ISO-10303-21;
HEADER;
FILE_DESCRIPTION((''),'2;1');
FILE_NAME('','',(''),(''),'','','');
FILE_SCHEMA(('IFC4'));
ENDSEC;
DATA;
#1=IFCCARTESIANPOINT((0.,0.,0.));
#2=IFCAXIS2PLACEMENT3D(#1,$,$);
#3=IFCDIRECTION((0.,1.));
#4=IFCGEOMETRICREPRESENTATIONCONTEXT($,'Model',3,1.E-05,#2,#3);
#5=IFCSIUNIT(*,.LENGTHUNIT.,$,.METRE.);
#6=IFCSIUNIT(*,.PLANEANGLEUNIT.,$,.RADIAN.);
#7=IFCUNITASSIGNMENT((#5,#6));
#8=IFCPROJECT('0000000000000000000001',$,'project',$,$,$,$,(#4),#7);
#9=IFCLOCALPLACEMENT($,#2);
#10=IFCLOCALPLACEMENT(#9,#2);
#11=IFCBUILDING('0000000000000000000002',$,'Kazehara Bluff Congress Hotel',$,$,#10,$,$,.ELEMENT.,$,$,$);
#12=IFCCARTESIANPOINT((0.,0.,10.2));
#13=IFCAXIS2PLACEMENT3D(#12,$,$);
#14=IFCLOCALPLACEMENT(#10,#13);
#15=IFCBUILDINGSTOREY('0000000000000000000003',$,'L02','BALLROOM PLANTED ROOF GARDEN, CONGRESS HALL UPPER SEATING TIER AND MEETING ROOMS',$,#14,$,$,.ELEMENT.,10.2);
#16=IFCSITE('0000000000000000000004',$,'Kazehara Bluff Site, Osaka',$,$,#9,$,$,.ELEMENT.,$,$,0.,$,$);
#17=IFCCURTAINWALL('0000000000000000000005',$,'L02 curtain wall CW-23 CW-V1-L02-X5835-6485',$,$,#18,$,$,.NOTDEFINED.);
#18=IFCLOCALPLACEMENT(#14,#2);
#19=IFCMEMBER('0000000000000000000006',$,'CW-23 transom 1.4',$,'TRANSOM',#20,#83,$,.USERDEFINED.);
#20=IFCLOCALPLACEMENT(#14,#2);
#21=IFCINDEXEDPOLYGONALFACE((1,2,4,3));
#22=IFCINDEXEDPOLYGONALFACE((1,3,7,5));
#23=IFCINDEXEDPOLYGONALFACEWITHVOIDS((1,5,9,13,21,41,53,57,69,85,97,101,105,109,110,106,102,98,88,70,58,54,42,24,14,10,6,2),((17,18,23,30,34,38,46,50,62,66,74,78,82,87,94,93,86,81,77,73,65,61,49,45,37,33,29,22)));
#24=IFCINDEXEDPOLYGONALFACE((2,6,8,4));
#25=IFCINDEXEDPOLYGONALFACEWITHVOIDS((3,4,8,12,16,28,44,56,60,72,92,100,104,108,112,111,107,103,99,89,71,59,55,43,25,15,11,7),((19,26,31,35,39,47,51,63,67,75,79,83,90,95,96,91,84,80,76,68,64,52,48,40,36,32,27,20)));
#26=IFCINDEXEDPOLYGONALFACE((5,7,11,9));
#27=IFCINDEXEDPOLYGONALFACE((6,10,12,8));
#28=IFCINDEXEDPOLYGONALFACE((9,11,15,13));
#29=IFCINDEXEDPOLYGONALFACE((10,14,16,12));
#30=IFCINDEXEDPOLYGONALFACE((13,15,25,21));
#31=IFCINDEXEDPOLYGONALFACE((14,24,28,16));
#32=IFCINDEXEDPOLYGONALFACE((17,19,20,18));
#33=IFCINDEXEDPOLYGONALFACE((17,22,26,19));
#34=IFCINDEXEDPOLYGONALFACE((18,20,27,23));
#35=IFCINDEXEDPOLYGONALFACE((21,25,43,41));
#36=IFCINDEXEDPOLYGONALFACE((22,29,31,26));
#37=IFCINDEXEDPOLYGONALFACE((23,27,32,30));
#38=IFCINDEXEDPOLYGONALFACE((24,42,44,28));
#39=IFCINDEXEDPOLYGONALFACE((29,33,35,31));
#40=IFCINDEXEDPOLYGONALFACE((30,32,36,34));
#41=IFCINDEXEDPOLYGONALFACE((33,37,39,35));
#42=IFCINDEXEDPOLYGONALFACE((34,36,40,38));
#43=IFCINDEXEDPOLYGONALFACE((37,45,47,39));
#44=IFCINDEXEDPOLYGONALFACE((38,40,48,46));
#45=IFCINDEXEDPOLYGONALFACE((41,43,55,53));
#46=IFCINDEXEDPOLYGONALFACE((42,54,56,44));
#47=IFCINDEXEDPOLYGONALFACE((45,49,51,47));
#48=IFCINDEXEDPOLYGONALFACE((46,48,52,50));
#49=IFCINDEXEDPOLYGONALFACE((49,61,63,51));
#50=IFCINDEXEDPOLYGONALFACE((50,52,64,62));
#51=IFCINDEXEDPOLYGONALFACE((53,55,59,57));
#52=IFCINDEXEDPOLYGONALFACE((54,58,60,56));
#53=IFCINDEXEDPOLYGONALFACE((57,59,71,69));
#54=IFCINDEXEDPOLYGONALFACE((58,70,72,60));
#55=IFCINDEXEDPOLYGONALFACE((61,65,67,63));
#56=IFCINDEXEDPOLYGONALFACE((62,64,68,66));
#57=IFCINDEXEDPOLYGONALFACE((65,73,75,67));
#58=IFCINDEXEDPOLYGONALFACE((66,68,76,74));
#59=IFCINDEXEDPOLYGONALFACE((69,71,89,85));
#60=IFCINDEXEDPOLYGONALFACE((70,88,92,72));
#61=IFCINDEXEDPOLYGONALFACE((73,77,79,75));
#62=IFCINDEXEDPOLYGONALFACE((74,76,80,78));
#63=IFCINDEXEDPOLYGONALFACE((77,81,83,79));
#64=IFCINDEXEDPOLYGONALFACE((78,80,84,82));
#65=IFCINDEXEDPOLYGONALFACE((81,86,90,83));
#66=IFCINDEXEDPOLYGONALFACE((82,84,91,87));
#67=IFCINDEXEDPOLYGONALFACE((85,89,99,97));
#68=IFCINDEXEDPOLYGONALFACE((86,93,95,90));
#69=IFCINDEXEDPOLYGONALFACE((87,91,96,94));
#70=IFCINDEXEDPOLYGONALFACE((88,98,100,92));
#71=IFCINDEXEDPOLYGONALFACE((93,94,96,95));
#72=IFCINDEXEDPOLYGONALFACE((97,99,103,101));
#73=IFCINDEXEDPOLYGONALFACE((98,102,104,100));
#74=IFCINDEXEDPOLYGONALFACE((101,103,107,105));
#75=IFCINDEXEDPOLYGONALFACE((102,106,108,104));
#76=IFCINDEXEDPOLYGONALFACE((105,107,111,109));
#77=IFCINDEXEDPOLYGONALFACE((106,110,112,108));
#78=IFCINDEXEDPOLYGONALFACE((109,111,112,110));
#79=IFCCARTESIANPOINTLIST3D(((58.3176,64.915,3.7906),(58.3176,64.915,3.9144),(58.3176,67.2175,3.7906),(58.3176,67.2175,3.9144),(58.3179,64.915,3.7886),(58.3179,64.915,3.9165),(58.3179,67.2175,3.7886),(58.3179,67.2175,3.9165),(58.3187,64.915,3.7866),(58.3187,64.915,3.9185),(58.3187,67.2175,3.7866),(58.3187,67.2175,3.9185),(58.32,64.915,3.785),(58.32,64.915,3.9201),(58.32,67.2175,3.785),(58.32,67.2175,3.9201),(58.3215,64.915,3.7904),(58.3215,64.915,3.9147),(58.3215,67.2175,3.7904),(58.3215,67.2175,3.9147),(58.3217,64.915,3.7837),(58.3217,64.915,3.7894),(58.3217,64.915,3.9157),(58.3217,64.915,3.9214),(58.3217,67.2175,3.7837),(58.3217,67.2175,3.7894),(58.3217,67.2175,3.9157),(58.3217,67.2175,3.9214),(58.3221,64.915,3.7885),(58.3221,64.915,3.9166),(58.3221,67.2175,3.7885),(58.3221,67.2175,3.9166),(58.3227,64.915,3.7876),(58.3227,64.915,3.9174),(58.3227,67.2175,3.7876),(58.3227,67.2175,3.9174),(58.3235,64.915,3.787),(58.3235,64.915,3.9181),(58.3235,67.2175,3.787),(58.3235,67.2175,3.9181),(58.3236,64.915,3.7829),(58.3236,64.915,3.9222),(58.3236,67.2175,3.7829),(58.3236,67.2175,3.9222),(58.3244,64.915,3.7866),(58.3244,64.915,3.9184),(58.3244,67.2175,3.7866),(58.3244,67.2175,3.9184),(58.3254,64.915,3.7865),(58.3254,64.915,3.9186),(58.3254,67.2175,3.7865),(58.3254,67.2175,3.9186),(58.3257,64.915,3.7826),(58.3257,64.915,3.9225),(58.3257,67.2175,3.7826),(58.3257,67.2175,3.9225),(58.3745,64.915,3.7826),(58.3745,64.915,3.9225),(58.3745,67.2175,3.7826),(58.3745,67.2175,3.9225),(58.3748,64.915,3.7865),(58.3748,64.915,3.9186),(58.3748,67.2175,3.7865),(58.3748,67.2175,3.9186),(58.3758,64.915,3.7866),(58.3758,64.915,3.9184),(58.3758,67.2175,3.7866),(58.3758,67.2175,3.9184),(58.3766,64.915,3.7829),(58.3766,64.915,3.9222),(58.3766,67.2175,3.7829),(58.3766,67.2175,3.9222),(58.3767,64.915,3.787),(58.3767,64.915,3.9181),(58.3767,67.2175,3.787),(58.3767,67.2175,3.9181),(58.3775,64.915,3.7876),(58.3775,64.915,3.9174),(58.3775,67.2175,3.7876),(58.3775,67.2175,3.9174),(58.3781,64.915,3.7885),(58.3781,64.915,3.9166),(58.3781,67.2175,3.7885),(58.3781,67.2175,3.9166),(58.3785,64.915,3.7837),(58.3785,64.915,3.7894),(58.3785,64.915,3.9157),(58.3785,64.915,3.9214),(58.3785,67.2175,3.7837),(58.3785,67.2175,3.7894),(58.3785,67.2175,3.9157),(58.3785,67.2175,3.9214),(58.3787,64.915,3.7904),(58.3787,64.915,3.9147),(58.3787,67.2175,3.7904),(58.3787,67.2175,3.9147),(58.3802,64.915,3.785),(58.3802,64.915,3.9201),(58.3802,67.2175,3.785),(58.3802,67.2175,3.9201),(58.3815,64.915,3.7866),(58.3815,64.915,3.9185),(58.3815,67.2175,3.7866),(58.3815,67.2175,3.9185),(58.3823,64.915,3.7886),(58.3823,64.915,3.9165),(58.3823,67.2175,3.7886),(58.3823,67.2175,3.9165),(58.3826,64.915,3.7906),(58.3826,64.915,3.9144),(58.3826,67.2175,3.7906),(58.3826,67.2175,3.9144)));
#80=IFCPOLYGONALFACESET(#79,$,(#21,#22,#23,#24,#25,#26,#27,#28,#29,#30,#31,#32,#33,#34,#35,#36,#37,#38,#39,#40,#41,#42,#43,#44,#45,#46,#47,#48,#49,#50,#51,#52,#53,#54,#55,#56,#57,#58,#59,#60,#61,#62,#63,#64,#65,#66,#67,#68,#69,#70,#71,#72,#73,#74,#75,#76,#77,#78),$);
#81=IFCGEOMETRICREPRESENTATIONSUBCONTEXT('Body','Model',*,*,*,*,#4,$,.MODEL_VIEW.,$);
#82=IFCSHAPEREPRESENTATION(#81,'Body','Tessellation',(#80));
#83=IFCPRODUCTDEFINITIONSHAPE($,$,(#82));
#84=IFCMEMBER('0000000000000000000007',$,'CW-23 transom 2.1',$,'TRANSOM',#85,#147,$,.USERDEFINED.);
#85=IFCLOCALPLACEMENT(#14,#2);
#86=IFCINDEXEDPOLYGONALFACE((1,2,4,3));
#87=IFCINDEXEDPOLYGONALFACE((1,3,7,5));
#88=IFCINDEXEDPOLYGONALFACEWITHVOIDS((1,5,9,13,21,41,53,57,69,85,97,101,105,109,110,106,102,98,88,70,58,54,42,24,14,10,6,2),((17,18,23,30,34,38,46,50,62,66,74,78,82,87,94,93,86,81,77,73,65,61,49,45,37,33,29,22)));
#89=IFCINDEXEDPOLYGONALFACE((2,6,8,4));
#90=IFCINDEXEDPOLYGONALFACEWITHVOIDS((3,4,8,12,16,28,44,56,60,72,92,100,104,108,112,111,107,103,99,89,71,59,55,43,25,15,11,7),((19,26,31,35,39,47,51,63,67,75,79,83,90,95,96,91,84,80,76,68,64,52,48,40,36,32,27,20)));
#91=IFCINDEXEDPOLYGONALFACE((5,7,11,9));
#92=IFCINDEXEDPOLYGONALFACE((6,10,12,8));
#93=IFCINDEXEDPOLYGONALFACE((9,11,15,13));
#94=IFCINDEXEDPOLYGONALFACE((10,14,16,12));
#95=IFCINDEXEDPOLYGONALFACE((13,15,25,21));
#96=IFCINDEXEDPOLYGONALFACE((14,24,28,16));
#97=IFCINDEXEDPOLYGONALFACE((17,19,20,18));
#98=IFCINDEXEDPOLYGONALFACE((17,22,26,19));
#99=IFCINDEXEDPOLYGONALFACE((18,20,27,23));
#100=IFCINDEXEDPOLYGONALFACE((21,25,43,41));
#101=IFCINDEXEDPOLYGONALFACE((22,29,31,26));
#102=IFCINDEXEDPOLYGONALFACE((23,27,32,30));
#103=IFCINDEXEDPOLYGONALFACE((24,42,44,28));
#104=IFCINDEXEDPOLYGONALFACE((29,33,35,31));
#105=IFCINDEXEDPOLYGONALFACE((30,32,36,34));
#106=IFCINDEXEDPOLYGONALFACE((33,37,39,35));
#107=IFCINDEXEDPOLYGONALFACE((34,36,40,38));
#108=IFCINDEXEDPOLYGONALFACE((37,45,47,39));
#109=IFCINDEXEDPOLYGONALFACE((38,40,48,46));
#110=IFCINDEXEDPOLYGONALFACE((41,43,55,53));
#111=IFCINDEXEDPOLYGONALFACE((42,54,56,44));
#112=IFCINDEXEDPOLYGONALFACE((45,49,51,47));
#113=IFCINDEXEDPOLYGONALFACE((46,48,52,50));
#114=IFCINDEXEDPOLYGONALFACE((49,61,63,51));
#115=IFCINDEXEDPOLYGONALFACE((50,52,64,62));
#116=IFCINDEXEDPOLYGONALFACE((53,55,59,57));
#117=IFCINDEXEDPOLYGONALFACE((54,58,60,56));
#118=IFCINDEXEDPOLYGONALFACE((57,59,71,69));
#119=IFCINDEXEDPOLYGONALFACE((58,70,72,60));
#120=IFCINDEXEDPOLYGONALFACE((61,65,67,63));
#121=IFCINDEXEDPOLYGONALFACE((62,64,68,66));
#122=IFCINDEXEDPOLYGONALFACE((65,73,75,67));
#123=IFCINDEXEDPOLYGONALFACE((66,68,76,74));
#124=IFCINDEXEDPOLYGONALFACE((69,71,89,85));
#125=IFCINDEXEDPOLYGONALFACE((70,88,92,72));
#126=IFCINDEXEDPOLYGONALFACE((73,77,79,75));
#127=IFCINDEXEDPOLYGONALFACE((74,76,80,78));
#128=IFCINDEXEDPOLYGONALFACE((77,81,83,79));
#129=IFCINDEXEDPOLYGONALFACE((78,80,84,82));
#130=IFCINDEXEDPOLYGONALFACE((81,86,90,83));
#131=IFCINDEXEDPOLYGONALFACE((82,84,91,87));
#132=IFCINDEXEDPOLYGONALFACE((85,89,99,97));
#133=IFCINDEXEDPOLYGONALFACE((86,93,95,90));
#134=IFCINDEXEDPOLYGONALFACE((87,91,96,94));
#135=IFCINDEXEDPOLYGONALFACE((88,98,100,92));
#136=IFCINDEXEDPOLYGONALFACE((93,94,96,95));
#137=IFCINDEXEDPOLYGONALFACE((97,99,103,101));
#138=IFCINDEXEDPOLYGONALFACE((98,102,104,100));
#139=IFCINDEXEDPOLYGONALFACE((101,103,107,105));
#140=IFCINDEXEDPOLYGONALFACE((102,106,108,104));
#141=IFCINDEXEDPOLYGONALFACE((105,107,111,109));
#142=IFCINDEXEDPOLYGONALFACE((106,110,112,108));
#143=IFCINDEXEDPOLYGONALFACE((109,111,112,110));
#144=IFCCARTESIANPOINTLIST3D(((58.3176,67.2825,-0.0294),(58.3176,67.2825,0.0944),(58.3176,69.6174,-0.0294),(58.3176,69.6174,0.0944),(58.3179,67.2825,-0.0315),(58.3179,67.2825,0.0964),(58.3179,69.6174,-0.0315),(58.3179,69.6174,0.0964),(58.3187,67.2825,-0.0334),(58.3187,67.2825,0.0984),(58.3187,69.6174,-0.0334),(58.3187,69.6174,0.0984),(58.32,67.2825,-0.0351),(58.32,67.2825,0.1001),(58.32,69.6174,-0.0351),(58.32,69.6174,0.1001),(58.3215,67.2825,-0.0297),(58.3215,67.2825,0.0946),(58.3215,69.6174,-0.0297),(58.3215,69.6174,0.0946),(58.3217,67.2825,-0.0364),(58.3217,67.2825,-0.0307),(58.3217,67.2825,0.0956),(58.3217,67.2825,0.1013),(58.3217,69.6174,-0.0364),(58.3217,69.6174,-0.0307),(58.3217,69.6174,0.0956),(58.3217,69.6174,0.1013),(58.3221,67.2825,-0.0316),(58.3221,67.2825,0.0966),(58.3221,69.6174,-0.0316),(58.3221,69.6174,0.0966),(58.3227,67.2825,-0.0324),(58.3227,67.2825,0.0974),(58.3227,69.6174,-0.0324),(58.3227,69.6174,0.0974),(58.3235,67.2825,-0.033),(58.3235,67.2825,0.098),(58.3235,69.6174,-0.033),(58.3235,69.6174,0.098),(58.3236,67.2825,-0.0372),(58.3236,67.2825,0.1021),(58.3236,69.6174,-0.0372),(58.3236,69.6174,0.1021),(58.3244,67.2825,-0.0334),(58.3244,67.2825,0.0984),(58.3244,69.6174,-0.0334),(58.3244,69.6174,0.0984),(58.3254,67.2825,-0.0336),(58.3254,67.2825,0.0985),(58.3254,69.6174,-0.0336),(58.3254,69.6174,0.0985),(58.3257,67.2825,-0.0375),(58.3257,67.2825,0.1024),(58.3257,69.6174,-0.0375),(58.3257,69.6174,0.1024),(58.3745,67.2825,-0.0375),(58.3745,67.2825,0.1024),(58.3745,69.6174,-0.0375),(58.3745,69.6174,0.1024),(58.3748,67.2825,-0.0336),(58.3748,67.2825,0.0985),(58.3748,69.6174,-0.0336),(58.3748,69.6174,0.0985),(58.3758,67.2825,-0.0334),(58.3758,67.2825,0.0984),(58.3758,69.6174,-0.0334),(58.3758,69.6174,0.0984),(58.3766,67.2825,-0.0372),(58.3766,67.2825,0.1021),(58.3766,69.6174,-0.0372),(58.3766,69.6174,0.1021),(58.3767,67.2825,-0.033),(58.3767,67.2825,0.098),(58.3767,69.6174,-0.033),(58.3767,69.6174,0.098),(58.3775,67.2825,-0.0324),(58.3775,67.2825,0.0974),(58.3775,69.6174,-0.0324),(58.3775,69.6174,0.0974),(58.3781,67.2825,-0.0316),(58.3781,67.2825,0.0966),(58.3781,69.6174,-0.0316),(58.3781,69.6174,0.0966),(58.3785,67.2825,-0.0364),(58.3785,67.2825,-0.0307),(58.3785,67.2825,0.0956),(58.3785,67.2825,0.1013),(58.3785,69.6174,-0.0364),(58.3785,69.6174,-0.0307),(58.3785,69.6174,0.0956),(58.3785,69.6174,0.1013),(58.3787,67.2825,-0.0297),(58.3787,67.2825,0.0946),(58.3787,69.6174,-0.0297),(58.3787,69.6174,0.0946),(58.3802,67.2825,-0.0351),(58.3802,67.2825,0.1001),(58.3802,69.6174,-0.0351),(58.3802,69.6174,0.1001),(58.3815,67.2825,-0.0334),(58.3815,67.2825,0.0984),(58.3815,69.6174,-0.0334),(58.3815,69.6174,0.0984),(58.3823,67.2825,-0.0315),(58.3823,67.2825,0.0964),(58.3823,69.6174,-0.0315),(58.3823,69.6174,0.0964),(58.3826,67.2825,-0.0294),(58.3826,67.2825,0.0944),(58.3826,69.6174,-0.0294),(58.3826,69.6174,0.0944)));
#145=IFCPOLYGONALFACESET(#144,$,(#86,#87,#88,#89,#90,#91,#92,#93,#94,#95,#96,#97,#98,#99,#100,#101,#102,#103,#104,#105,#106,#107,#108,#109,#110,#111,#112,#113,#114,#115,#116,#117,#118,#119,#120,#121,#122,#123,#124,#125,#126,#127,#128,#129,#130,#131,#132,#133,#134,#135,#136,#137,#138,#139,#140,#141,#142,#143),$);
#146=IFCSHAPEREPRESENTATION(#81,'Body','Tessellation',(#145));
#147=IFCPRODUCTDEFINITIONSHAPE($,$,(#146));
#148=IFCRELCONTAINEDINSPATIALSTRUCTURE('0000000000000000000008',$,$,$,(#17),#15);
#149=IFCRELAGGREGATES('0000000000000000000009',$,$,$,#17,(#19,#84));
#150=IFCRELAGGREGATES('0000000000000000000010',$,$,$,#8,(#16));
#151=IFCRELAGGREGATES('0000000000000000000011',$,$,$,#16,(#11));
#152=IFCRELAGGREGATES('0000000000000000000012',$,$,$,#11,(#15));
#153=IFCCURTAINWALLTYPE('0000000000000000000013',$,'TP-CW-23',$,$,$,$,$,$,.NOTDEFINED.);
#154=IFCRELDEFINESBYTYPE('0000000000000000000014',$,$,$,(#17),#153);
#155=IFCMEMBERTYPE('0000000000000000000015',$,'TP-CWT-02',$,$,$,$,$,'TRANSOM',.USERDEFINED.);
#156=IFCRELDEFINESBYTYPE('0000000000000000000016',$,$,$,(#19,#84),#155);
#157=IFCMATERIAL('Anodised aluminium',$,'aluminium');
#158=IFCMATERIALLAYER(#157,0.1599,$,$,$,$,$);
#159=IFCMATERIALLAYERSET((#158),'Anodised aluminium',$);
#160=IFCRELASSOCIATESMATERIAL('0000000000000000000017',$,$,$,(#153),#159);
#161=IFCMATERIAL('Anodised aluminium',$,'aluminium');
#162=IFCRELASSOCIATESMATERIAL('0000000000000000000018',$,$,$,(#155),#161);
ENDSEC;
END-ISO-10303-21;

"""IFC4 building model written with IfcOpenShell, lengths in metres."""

from ifc_helpers import new_model, si_unit, direction, frame, origin, origin_2d, place, context, subcontext, project, spatial, hollow_rectangle, extrude, material, layer, layer_set, material_profile, profile_set, type_object, element, aggregate, save


model = new_model("IFC4")

# Units and contexts
model_context = context("Model", 3, precision=1e-05, world=origin(), true_north=direction((0.0, 1.0)))
body_context = subcontext(model_context, "Body", "Model", "MODEL_VIEW")
ifc_project = project(units=[si_unit("LENGTHUNIT", "METRE"), si_unit("PLANEANGLEUNIT", "RADIAN")], contexts=[model_context])

# Site, building, storey
site_placement = place(None, origin())
site = spatial("IfcSite", under=ifc_project, at=site_placement, Name="Kazehara Bluff Site, Osaka", CompositionType="ELEMENT", RefElevation=0.0)
building_placement = place(site_placement, origin())
building = spatial("IfcBuilding", under=site, at=building_placement, Name="Kazehara Bluff Congress Hotel", CompositionType="ELEMENT")
storey_placement = place(building_placement, frame((0.0, 0.0, 10.2)))
storey = spatial("IfcBuildingStorey", under=building, at=storey_placement, Name="L02", Description="BALLROOM PLANTED ROOF GARDEN, CONGRESS HALL UPPER SEATING TIER AND MEETING ROOMS", CompositionType="ELEMENT", Elevation=10.2)

# Curtain wall
ifc_material_1 = material(Name="Anodised aluminium", Category="aluminium")
ifc_layer_1 = layer(ifc_material_1, 0.1599)
ifc_layer_set_1 = layer_set([ifc_layer_1], Name="Anodised aluminium")
curtain_wall_type = type_object("IfcCurtainWallType", Name="TP-CW-23", PredefinedType="NOTDEFINED", material=ifc_layer_set_1)
curtain_wall_1_placement = place(storey_placement, origin())
curtain_wall_1 = element("IfcCurtainWall", 1, at=curtain_wall_1_placement, inside=storey, type_object=curtain_wall_type, Name="L02 curtain wall CW-23 CW-V1-L02-X5835-6485", PredefinedType="NOTDEFINED")

# Members
ifc_material_2 = material(Name="Anodised aluminium", Category="aluminium")
ifc_material_profile_1 = material_profile(ifc_material_2, hollow_rectangle(XDim=0.0649, YDim=0.1399, WallThickness=0.0039, InnerFilletRadius=0.0039, OuterFilletRadius=0.0081, at=origin_2d()))
ifc_profile_set_1 = profile_set([ifc_material_profile_1], Name="Anodised aluminium")
member_type_1 = type_object("IfcMemberType", Name="TP-CWT-02", ElementType="TRANSOM", PredefinedType="USERDEFINED", material=ifc_profile_set_1)
member_1_placement = place(storey_placement, frame((58.3501, 64.915, 3.8525), z_axis=(0.0, 1.0, 0.0), x_axis=(-1.0, 0.0, 0.0)))
member_1 = element("IfcMember", 2, at=member_1_placement, type_object=member_type_1, Name="CW-23 transom 1.4", ObjectType="TRANSOM", PredefinedType="USERDEFINED", context=body_context, shape_type="SweptSolid", body=[
    extrude(hollow_rectangle(XDim=0.0649, YDim=0.1399, WallThickness=0.0039, InnerFilletRadius=0.0039, OuterFilletRadius=0.0081, at=origin_2d()), origin(), (0.0, 0.0, 1.0), 2.3025),
])
member_2_placement = place(storey_placement, frame((58.3501, 67.2825, 0.0325), z_axis=(0.0, 1.0, 0.0), x_axis=(-1.0, 0.0, 0.0)))
member_2 = element("IfcMember", 3, at=member_2_placement, type_object=member_type_1, Name="CW-23 transom 2.1", ObjectType="TRANSOM", PredefinedType="USERDEFINED", context=body_context, shape_type="SweptSolid", body=[
    extrude(hollow_rectangle(XDim=0.0649, YDim=0.1399, WallThickness=0.0039, InnerFilletRadius=0.0039, OuterFilletRadius=0.0081, at=origin_2d()), origin(), (0.0, 0.0, 1.0), 2.335),
])

aggregate(curtain_wall_1, [member_1, member_2])

save(model, "model.ifc")
